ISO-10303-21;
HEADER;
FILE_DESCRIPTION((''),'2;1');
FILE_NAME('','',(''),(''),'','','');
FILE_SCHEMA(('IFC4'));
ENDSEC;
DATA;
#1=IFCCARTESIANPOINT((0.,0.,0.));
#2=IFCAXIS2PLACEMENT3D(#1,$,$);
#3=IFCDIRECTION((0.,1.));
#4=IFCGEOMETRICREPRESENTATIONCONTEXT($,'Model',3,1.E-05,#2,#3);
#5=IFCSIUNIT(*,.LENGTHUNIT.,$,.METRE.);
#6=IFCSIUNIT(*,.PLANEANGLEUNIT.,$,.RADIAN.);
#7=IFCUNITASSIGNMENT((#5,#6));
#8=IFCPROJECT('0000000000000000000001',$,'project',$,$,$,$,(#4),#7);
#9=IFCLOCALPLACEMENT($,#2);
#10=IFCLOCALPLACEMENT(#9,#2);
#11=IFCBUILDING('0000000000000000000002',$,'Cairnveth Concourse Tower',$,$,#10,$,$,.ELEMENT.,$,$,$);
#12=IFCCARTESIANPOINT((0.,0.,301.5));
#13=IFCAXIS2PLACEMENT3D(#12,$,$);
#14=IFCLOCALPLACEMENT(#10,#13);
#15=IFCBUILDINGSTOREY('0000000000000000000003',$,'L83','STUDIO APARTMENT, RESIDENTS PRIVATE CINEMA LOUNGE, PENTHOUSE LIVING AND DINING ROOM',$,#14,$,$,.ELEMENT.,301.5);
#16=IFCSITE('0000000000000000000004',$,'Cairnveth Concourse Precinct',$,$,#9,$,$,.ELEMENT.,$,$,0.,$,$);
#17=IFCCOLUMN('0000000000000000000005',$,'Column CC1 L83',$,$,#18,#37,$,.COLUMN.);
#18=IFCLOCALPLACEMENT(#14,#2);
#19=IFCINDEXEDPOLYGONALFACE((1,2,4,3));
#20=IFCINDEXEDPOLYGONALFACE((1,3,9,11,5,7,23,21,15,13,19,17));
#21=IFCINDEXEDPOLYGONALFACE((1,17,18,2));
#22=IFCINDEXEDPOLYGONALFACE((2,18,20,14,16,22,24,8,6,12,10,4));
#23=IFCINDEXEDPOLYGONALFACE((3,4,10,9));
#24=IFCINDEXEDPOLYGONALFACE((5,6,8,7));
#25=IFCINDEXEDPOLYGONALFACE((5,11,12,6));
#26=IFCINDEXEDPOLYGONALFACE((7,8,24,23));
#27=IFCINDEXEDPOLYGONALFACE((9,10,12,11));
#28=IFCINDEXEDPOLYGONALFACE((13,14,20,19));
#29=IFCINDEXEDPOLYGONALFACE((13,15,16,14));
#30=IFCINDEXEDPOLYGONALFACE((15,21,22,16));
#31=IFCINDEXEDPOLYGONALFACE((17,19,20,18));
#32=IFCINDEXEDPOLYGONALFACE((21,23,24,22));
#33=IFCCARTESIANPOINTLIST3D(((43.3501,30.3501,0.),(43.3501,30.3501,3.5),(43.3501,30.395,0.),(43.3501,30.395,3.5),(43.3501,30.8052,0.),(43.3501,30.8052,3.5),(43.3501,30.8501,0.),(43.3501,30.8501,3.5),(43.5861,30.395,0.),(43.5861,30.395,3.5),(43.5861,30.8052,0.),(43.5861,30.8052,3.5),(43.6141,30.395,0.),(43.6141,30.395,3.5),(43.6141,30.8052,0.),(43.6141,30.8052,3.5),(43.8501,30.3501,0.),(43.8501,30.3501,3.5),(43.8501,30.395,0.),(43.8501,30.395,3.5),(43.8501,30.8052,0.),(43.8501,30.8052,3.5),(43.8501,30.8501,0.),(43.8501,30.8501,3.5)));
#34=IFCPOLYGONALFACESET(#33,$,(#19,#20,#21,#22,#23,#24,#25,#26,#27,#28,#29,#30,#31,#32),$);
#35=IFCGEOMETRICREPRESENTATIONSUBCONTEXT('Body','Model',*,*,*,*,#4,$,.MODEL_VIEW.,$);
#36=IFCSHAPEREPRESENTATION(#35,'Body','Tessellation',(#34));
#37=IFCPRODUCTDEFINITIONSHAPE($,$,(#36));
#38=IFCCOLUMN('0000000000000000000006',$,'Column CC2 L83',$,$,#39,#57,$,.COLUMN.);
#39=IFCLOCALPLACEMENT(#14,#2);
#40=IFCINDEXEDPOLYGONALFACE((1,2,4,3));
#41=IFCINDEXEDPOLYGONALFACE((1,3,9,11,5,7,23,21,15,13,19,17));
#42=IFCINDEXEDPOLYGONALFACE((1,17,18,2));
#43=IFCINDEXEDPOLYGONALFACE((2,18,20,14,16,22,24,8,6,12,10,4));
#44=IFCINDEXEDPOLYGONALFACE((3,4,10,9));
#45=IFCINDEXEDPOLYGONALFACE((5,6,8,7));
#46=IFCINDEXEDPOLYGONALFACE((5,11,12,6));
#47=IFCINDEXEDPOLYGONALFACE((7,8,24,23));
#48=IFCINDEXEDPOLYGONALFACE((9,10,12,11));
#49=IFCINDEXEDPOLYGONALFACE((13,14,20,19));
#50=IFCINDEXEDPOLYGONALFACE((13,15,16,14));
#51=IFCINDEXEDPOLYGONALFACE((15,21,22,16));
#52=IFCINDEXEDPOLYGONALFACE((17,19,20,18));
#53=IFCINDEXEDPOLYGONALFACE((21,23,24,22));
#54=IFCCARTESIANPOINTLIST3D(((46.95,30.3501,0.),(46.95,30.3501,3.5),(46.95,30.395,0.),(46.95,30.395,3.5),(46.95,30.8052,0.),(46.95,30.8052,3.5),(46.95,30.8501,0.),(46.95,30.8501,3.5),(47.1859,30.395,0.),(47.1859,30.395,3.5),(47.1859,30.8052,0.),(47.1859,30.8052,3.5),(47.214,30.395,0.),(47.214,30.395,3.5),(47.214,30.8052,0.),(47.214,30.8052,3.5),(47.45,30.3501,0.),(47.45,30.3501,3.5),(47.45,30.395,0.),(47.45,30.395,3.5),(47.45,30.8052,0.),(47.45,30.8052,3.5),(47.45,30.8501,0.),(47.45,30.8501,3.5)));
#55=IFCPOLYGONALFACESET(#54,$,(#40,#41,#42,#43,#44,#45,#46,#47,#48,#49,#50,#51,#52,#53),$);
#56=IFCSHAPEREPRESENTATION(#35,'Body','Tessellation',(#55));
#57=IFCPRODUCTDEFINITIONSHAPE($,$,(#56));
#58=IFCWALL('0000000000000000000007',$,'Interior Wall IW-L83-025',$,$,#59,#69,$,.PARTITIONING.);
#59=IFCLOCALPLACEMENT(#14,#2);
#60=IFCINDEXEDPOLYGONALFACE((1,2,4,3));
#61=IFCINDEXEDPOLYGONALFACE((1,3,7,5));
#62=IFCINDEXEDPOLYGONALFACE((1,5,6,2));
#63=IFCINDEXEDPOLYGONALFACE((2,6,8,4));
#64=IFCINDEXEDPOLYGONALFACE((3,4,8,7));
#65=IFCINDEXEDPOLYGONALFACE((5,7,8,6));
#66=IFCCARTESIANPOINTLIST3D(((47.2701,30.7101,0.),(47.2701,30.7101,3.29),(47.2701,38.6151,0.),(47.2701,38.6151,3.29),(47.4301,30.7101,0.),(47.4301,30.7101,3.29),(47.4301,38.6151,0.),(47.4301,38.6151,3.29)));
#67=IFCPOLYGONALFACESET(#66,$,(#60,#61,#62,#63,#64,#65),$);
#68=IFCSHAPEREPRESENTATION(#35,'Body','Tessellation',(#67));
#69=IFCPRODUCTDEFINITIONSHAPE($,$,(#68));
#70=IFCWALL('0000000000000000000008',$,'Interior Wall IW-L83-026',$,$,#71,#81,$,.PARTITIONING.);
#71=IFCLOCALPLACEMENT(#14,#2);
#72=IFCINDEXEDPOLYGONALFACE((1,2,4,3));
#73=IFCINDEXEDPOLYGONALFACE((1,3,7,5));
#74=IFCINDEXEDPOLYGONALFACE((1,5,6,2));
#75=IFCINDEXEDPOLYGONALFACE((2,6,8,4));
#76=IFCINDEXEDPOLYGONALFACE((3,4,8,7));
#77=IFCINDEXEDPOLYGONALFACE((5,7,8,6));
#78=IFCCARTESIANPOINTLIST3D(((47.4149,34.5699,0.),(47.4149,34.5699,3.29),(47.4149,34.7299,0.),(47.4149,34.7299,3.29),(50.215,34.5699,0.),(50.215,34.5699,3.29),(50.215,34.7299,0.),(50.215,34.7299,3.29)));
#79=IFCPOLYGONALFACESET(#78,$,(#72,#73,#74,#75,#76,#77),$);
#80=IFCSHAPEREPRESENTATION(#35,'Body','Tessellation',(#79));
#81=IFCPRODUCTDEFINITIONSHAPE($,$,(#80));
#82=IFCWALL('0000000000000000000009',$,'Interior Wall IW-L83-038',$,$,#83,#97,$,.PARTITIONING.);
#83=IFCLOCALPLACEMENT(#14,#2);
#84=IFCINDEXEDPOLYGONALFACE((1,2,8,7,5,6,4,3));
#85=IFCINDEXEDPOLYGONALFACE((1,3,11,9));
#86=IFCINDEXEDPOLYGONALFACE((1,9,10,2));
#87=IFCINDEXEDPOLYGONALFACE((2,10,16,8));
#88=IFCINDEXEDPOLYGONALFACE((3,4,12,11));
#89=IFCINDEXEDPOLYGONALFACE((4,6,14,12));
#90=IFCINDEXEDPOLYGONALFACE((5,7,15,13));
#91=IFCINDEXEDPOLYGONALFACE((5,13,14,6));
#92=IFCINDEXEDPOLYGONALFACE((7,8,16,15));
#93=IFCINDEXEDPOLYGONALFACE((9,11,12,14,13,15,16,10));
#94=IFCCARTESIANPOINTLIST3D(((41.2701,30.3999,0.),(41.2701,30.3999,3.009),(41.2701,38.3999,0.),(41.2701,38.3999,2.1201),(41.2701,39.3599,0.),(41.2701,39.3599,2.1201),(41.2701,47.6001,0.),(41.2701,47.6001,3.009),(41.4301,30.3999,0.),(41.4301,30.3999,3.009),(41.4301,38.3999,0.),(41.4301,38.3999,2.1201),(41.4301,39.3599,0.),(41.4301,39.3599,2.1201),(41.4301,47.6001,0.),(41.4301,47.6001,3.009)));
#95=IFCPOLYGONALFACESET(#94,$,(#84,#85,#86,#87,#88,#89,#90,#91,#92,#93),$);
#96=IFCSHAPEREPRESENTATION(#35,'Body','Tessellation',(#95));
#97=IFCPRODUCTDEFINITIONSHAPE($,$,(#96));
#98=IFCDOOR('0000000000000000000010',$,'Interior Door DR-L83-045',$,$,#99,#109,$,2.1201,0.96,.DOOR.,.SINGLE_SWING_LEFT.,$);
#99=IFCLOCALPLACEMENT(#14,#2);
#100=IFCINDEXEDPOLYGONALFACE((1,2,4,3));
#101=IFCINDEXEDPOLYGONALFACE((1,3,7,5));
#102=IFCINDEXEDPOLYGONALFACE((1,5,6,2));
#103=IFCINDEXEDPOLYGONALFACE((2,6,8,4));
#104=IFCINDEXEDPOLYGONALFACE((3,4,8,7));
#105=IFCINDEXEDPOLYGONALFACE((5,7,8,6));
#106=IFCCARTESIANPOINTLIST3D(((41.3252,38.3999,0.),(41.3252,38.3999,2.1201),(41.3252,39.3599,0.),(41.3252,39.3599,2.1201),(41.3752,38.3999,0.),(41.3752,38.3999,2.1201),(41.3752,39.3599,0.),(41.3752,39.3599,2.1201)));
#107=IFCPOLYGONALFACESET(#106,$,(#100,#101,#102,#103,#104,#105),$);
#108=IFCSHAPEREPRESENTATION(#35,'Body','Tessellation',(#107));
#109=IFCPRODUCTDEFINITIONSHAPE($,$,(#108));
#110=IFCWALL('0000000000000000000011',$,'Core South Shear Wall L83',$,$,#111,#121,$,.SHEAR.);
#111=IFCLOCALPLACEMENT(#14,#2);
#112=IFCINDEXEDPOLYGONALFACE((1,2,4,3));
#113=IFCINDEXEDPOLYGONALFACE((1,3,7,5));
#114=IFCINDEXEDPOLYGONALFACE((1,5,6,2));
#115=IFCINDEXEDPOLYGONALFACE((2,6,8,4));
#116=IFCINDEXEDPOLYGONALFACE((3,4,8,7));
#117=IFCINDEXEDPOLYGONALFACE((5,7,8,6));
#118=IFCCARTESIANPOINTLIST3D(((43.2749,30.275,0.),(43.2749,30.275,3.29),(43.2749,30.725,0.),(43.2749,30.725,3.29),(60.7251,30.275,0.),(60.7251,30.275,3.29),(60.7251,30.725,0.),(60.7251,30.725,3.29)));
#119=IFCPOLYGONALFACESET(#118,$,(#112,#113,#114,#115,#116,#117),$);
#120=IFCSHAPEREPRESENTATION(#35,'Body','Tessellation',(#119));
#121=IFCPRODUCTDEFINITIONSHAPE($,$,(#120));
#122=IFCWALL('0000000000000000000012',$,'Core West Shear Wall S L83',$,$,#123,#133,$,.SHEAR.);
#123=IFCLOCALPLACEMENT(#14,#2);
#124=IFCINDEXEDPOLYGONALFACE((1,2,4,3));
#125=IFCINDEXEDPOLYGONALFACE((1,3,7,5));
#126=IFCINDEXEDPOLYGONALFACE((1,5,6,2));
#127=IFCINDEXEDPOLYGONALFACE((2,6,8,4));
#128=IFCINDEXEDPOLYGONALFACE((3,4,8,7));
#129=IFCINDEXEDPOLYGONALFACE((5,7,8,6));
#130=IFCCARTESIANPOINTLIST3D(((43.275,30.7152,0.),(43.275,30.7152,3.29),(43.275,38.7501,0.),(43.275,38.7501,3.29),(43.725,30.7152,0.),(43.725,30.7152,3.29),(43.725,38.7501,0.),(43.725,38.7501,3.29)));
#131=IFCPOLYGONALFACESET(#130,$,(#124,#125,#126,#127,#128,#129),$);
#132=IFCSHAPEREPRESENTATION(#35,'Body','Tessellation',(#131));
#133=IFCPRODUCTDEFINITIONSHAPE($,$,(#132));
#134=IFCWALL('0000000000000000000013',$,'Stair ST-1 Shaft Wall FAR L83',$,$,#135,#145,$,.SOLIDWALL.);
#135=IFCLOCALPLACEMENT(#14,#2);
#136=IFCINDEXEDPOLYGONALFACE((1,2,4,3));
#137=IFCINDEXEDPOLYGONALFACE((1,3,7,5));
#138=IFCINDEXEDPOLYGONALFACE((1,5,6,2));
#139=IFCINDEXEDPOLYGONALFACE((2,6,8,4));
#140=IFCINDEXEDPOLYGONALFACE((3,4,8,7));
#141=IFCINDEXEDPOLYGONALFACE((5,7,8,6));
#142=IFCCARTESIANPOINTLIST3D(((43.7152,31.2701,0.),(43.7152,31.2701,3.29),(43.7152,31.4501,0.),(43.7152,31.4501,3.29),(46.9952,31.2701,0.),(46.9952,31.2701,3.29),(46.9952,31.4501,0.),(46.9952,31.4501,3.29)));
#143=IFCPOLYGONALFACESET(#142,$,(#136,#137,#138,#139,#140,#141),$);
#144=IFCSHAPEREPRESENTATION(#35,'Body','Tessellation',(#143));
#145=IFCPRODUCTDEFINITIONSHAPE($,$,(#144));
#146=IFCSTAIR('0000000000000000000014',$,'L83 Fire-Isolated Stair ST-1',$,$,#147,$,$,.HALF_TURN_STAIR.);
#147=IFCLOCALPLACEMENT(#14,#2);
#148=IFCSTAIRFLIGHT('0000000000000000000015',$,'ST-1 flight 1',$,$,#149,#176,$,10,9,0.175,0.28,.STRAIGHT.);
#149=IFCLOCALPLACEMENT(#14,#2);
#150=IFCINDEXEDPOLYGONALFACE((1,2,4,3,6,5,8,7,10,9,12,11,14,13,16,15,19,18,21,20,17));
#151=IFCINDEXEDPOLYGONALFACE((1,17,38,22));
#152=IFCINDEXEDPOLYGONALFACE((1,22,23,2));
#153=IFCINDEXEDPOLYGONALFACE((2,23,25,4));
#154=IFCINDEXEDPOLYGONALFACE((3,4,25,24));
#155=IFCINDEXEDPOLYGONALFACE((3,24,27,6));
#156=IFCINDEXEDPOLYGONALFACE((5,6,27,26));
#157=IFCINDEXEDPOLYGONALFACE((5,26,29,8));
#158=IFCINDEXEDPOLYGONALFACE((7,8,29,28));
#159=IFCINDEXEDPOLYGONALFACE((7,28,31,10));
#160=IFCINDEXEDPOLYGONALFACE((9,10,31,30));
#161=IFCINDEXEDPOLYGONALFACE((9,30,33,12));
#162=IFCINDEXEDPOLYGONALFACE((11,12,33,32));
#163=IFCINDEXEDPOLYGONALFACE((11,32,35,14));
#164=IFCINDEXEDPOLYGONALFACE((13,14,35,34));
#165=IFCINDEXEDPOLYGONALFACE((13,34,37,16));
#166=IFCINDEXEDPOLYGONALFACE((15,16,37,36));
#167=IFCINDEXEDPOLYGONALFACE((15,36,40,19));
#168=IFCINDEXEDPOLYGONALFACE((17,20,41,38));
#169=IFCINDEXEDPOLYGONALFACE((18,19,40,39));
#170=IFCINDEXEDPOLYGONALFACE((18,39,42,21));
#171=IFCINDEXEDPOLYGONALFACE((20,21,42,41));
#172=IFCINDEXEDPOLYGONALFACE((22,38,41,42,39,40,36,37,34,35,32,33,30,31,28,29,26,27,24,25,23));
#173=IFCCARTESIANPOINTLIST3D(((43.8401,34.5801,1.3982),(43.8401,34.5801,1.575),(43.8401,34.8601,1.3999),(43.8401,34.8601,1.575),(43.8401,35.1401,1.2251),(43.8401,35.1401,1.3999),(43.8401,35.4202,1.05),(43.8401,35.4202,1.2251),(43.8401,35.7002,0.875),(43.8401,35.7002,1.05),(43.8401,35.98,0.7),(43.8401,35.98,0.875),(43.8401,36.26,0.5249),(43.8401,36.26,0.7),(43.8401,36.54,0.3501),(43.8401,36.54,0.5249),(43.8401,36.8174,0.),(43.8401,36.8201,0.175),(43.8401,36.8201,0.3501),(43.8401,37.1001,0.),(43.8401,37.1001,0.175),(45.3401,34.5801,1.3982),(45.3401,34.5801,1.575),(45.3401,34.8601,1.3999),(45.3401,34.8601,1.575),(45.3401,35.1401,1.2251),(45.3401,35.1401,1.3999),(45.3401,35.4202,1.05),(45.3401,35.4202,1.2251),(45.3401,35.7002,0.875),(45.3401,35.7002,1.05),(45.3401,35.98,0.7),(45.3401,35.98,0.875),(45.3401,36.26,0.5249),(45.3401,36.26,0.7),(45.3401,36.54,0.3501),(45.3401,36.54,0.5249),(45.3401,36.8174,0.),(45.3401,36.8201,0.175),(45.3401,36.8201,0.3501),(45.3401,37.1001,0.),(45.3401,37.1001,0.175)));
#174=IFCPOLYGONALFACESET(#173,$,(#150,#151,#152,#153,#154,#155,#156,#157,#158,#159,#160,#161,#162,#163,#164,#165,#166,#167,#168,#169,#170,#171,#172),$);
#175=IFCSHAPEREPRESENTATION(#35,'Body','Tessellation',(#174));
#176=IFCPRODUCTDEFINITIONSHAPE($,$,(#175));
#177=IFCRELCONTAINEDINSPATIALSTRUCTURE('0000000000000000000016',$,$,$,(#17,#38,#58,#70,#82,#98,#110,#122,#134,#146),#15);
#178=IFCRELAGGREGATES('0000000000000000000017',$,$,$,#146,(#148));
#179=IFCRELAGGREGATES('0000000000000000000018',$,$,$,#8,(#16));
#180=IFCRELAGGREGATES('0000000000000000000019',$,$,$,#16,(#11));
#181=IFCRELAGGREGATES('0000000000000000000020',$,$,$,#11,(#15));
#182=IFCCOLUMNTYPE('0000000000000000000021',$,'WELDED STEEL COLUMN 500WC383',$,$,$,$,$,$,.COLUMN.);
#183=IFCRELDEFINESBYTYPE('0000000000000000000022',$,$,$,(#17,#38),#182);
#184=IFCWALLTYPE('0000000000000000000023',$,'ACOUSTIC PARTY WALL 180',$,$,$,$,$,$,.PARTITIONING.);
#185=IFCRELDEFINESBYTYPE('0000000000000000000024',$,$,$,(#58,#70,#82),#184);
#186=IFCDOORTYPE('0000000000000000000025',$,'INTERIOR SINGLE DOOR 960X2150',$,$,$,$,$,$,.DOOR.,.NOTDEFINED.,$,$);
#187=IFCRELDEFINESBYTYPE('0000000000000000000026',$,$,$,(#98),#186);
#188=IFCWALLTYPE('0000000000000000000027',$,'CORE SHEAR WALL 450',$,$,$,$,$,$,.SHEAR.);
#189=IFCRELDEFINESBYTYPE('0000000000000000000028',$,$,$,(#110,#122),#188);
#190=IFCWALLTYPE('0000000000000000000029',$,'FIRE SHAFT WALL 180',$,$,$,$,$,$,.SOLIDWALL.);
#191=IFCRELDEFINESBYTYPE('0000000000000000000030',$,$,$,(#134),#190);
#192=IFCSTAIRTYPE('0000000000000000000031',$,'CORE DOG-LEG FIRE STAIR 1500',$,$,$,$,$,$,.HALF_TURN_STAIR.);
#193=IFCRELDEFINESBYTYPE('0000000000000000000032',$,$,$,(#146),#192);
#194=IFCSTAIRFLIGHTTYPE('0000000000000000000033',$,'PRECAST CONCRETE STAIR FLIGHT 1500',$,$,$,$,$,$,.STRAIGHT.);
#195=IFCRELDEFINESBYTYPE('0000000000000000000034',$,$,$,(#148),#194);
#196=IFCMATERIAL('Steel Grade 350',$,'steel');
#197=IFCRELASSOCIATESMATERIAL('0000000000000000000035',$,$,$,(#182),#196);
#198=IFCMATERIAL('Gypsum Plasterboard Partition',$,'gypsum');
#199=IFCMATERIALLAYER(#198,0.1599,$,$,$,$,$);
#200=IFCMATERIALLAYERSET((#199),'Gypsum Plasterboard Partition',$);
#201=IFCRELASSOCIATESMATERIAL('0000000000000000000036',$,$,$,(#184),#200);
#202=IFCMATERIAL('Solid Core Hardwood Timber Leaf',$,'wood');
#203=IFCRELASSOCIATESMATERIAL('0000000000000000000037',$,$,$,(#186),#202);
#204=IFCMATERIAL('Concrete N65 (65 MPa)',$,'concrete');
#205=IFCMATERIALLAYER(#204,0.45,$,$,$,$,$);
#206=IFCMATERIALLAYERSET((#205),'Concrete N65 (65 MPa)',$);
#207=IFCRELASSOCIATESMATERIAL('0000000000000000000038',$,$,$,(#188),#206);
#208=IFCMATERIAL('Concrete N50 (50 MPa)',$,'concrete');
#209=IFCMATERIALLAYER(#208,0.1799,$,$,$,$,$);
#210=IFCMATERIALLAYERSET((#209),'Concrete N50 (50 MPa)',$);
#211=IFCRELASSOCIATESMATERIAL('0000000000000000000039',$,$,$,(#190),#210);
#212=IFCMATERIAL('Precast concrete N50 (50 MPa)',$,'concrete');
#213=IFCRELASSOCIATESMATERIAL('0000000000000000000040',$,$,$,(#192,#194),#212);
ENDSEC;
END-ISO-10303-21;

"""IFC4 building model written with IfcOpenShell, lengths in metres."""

from ifc_helpers import new_model, si_unit, direction, frame, frame_2d, origin, origin_2d, place, context, subcontext, project, spatial, polyline, rectangle, i_section, outline, extrude, material, layer, layer_set, material_profile, profile_set, type_object, element, fill, aggregate, save


model = new_model("IFC4")

# Units and contexts
model_context = context("Model", 3, precision=1e-05, world=origin(), true_north=direction((0.0, 1.0)))
body_context = subcontext(model_context, "Body", "Model", "MODEL_VIEW")
ifc_project = project(units=[si_unit("LENGTHUNIT", "METRE"), si_unit("PLANEANGLEUNIT", "RADIAN")], contexts=[model_context])

# Site, building, storey
site_placement = place(None, origin())
site = spatial("IfcSite", under=ifc_project, at=site_placement, Name="Cairnveth Concourse Precinct", CompositionType="ELEMENT", RefElevation=0.0)
building_placement = place(site_placement, origin())
building = spatial("IfcBuilding", under=site, at=building_placement, Name="Cairnveth Concourse Tower", CompositionType="ELEMENT")
storey_placement = place(building_placement, frame((0.0, 0.0, 301.5)))
storey = spatial("IfcBuildingStorey", under=building, at=storey_placement, Name="L83", Description="STUDIO APARTMENT, RESIDENTS PRIVATE CINEMA LOUNGE, PENTHOUSE LIVING AND DINING ROOM", CompositionType="ELEMENT", Elevation=301.5)

# Columns
ifc_material_1 = material(Name="Steel Grade 350", Category="steel")
ifc_material_profile = material_profile(ifc_material_1, i_section(OverallWidth=0.5, OverallDepth=0.5, WebThickness=0.0281, FlangeThickness=0.0449, at=origin_2d()), Name="500WC383")
ifc_profile_set = profile_set([ifc_material_profile], Name="Steel Grade 350")
column_type = type_object("IfcColumnType", Name="WELDED STEEL COLUMN 500WC383", PredefinedType="COLUMN", material=ifc_profile_set)
for number, where, z_axis, x_axis, name in (
    (1, (43.6001, 30.6001, 0.0), (0.0, 0.0, 1.0), (1.0, 0.0, 0.0), "Column CC1 L83"),
    (2, (47.2, 30.6001, 0.0), (0.0, 0.0, 1.0), (1.0, 0.0, 0.0), "Column CC2 L83"),
):
    element("IfcColumn", number, at=place(storey_placement, frame(where, z_axis=z_axis, x_axis=x_axis)), inside=storey, type_object=column_type, Name=name, PredefinedType="COLUMN", context=body_context, shape_type="SweptSolid", body=[
        extrude(i_section(OverallWidth=0.5, OverallDepth=0.5, WebThickness=0.0281, FlangeThickness=0.0449, at=origin_2d()), origin(), (0.0, 0.0, 1.0), 3.5),
    ])

# Walls
ifc_material_2 = material(Name="Gypsum Plasterboard Partition", Category="gypsum")
ifc_layer_1 = layer(ifc_material_2, 0.1599)
ifc_layer_set_1 = layer_set([ifc_layer_1], Name="Gypsum Plasterboard Partition")
wall_type_1 = type_object("IfcWallType", Name="ACOUSTIC PARTY WALL 180", PredefinedType="PARTITIONING", material=ifc_layer_set_1)
wall_1_placement = place(storey_placement, frame((47.3501, 30.71, 0.0), z_axis=(0.0, 0.0, 1.0), x_axis=(0.0, 1.0, 0.0)))
element("IfcWall", 3, at=wall_1_placement, inside=storey, type_object=wall_type_1, Name="Interior Wall IW-L83-025", PredefinedType="PARTITIONING", context=body_context, shape_type="SweptSolid", body=[
    extrude(rectangle(XDim=7.905, YDim=0.1599, at=frame_2d((3.9526, 0.0))), origin(), (0.0, 0.0, 1.0), 3.29),
])
wall_2_placement = place(storey_placement, frame((47.415, 34.6499, 0.0), z_axis=(0.0, 0.0, 1.0), x_axis=(1.0, 0.0, 0.0)))
element("IfcWall", 4, at=wall_2_placement, inside=storey, type_object=wall_type_1, Name="Interior Wall IW-L83-026", PredefinedType="PARTITIONING", context=body_context, shape_type="SweptSolid", body=[
    extrude(rectangle(XDim=2.8, YDim=0.1599, at=frame_2d((1.3999, 0.0))), origin(), (0.0, 0.0, 1.0), 3.29),
])

# Wall, opening, door
wall_3_placement = place(storey_placement, frame((41.3501, 30.3999, 0.0), z_axis=(0.0, 0.0, 1.0), x_axis=(0.0, 1.0, 0.0)))
wall_3 = element("IfcWall", 5, at=wall_3_placement, inside=storey, type_object=wall_type_1, Name="Interior Wall IW-L83-038", PredefinedType="PARTITIONING", context=body_context, shape_type="SweptSolid", body=[
    extrude(rectangle(XDim=17.2002, YDim=0.1599, at=frame_2d((8.6001, 0.0))), origin(), (0.0, 0.0, 1.0), 3.009),
])
opening_1_placement = place(wall_3_placement, frame((8.0, 0.0, 0.0)))
opening_1 = element("IfcOpeningElement", 6, at=opening_1_placement, cuts=wall_3, PredefinedType="OPENING", context=body_context, shape_type="SweptSolid", body=[
    extrude(rectangle(XDim=0.96, YDim=2.1201, at=frame_2d((0.48, 1.0601))), frame((0.0, 0.0898, 0.0), z_axis=(0.0, -1.0, 0.0), x_axis=(1.0, 0.0, 0.0)), (0.0, 0.0, 1.0), 0.1799),
])
ifc_material_3 = material(Name="Solid Core Hardwood Timber Leaf", Category="wood")
door_type_1 = type_object("IfcDoorType", Name="INTERIOR SINGLE DOOR 960X2150", OperationType="NOTDEFINED", PredefinedType="DOOR", material=ifc_material_3)
door_1_placement = place(opening_1_placement, origin())
door_1 = element("IfcDoor", 7, at=door_1_placement, inside=storey, type_object=door_type_1, Name="Interior Door DR-L83-045", OperationType="SINGLE_SWING_LEFT", OverallHeight=2.1201, OverallWidth=0.96, PredefinedType="DOOR", context=body_context, shape_type="SweptSolid", body=[
    extrude(rectangle(XDim=0.96, YDim=2.1201, at=frame_2d((0.48, 1.0601))), frame((0.0, 0.0249, 0.0), z_axis=(0.0, -1.0, 0.0), x_axis=(1.0, 0.0, 0.0)), (0.0, 0.0, 1.0), 0.05),
])
fill(opening_1, door_1)

# Walls
ifc_material_4 = material(Name="Concrete N65 (65 MPa)", Category="concrete")
ifc_layer_2 = layer(ifc_material_4, 0.45)
ifc_layer_set_2 = layer_set([ifc_layer_2], Name="Concrete N65 (65 MPa)")
wall_type_2 = type_object("IfcWallType", Name="CORE SHEAR WALL 450", PredefinedType="SHEAR", material=ifc_layer_set_2)
wall_4_placement = place(storey_placement, frame((43.2749, 30.5, 0.0), z_axis=(0.0, 0.0, 1.0), x_axis=(1.0, 0.0, 0.0)))
element("IfcWall", 8, at=wall_4_placement, inside=storey, type_object=wall_type_2, Name="Core South Shear Wall L83", PredefinedType="SHEAR", context=body_context, shape_type="SweptSolid", body=[
    extrude(rectangle(XDim=17.4502, YDim=0.45, at=frame_2d((8.7251, 0.0))), origin(), (0.0, 0.0, 1.0), 3.29),
])
wall_5_placement = place(storey_placement, frame((43.5, 30.7151, 0.0), z_axis=(0.0, 0.0, 1.0), x_axis=(0.0, 1.0, 0.0)))
element("IfcWall", 9, at=wall_5_placement, inside=storey, type_object=wall_type_2, Name="Core West Shear Wall S L83", PredefinedType="SHEAR", context=body_context, shape_type="SweptSolid", body=[
    extrude(rectangle(XDim=8.0349, YDim=0.45, at=frame_2d((4.0176, 0.0))), origin(), (0.0, 0.0, 1.0), 3.29),
])
ifc_material_5 = material(Name="Concrete N50 (50 MPa)", Category="concrete")
ifc_layer_3 = layer(ifc_material_5, 0.1799)
ifc_layer_set_3 = layer_set([ifc_layer_3], Name="Concrete N50 (50 MPa)")
wall_type_3 = type_object("IfcWallType", Name="FIRE SHAFT WALL 180", PredefinedType="SOLIDWALL", material=ifc_layer_set_3)
wall_6_placement = place(storey_placement, frame((43.7151, 31.3601, 0.0), z_axis=(0.0, 0.0, 1.0), x_axis=(1.0, 0.0, 0.0)))
element("IfcWall", 10, at=wall_6_placement, inside=storey, type_object=wall_type_3, Name="Stair ST-1 Shaft Wall FAR L83", PredefinedType="SOLIDWALL", context=body_context, shape_type="SweptSolid", body=[
    extrude(rectangle(XDim=3.28, YDim=0.1799, at=frame_2d((1.6401, 0.0))), origin(), (0.0, 0.0, 1.0), 3.29),
])

# Stair, stair flight
ifc_material_6 = material(Name="Precast concrete N50 (50 MPa)", Category="concrete")
stair_type = type_object("IfcStairType", Name="CORE DOG-LEG FIRE STAIR 1500", PredefinedType="HALF_TURN_STAIR", material=ifc_material_6)
stair_placement = place(storey_placement, origin())
stair = element("IfcStair", 11, at=stair_placement, inside=storey, type_object=stair_type, Name="L83 Fire-Isolated Stair ST-1", PredefinedType="HALF_TURN_STAIR")
stair_flight_type = type_object("IfcStairFlightType", Name="PRECAST CONCRETE STAIR FLIGHT 1500", PredefinedType="STRAIGHT", material=ifc_material_6)
stair_flight_1_placement = place(storey_placement, frame((44.5901, 37.1001, 0.0), z_axis=(0.0, 0.0, 1.0), x_axis=(0.0, -1.0, 0.0)))
stair_flight_1 = element("IfcStairFlight", 12, at=stair_flight_1_placement, type_object=stair_flight_type, Name="ST-1 flight 1", NumberOfRisers=10, NumberOfTreads=9, PredefinedType="STRAIGHT", RiserHeight=0.175, TreadLength=0.28, context=body_context, shape_type="SweptSolid", body=[
    extrude(outline(polyline([(0.0, 0.0), (0.0, 0.175), (0.28, 0.175), (0.28, 0.3501), (0.5601, 0.3501), (0.5601, 0.5249), (0.8401, 0.5249), (0.8401, 0.7), (1.1201, 0.7), (1.1201, 0.875), (1.3999, 0.875), (1.3999, 1.05), (1.6799, 1.05), (1.6799, 1.2251), (1.96, 1.2251), (1.96, 1.3999), (2.24, 1.3999), (2.24, 1.575), (2.52, 1.575), (2.52, 1.75), (2.52, 1.3982), (0.2827, 0.0), (0.0, 0.0)])), frame((0.0, 0.75, 0.0), z_axis=(0.0, -1.0, 0.0), x_axis=(1.0, 0.0, 0.0)), (0.0, 0.0, 1.0), 1.5),
])
aggregate(stair, [stair_flight_1])

save(model, "model.ifc")
